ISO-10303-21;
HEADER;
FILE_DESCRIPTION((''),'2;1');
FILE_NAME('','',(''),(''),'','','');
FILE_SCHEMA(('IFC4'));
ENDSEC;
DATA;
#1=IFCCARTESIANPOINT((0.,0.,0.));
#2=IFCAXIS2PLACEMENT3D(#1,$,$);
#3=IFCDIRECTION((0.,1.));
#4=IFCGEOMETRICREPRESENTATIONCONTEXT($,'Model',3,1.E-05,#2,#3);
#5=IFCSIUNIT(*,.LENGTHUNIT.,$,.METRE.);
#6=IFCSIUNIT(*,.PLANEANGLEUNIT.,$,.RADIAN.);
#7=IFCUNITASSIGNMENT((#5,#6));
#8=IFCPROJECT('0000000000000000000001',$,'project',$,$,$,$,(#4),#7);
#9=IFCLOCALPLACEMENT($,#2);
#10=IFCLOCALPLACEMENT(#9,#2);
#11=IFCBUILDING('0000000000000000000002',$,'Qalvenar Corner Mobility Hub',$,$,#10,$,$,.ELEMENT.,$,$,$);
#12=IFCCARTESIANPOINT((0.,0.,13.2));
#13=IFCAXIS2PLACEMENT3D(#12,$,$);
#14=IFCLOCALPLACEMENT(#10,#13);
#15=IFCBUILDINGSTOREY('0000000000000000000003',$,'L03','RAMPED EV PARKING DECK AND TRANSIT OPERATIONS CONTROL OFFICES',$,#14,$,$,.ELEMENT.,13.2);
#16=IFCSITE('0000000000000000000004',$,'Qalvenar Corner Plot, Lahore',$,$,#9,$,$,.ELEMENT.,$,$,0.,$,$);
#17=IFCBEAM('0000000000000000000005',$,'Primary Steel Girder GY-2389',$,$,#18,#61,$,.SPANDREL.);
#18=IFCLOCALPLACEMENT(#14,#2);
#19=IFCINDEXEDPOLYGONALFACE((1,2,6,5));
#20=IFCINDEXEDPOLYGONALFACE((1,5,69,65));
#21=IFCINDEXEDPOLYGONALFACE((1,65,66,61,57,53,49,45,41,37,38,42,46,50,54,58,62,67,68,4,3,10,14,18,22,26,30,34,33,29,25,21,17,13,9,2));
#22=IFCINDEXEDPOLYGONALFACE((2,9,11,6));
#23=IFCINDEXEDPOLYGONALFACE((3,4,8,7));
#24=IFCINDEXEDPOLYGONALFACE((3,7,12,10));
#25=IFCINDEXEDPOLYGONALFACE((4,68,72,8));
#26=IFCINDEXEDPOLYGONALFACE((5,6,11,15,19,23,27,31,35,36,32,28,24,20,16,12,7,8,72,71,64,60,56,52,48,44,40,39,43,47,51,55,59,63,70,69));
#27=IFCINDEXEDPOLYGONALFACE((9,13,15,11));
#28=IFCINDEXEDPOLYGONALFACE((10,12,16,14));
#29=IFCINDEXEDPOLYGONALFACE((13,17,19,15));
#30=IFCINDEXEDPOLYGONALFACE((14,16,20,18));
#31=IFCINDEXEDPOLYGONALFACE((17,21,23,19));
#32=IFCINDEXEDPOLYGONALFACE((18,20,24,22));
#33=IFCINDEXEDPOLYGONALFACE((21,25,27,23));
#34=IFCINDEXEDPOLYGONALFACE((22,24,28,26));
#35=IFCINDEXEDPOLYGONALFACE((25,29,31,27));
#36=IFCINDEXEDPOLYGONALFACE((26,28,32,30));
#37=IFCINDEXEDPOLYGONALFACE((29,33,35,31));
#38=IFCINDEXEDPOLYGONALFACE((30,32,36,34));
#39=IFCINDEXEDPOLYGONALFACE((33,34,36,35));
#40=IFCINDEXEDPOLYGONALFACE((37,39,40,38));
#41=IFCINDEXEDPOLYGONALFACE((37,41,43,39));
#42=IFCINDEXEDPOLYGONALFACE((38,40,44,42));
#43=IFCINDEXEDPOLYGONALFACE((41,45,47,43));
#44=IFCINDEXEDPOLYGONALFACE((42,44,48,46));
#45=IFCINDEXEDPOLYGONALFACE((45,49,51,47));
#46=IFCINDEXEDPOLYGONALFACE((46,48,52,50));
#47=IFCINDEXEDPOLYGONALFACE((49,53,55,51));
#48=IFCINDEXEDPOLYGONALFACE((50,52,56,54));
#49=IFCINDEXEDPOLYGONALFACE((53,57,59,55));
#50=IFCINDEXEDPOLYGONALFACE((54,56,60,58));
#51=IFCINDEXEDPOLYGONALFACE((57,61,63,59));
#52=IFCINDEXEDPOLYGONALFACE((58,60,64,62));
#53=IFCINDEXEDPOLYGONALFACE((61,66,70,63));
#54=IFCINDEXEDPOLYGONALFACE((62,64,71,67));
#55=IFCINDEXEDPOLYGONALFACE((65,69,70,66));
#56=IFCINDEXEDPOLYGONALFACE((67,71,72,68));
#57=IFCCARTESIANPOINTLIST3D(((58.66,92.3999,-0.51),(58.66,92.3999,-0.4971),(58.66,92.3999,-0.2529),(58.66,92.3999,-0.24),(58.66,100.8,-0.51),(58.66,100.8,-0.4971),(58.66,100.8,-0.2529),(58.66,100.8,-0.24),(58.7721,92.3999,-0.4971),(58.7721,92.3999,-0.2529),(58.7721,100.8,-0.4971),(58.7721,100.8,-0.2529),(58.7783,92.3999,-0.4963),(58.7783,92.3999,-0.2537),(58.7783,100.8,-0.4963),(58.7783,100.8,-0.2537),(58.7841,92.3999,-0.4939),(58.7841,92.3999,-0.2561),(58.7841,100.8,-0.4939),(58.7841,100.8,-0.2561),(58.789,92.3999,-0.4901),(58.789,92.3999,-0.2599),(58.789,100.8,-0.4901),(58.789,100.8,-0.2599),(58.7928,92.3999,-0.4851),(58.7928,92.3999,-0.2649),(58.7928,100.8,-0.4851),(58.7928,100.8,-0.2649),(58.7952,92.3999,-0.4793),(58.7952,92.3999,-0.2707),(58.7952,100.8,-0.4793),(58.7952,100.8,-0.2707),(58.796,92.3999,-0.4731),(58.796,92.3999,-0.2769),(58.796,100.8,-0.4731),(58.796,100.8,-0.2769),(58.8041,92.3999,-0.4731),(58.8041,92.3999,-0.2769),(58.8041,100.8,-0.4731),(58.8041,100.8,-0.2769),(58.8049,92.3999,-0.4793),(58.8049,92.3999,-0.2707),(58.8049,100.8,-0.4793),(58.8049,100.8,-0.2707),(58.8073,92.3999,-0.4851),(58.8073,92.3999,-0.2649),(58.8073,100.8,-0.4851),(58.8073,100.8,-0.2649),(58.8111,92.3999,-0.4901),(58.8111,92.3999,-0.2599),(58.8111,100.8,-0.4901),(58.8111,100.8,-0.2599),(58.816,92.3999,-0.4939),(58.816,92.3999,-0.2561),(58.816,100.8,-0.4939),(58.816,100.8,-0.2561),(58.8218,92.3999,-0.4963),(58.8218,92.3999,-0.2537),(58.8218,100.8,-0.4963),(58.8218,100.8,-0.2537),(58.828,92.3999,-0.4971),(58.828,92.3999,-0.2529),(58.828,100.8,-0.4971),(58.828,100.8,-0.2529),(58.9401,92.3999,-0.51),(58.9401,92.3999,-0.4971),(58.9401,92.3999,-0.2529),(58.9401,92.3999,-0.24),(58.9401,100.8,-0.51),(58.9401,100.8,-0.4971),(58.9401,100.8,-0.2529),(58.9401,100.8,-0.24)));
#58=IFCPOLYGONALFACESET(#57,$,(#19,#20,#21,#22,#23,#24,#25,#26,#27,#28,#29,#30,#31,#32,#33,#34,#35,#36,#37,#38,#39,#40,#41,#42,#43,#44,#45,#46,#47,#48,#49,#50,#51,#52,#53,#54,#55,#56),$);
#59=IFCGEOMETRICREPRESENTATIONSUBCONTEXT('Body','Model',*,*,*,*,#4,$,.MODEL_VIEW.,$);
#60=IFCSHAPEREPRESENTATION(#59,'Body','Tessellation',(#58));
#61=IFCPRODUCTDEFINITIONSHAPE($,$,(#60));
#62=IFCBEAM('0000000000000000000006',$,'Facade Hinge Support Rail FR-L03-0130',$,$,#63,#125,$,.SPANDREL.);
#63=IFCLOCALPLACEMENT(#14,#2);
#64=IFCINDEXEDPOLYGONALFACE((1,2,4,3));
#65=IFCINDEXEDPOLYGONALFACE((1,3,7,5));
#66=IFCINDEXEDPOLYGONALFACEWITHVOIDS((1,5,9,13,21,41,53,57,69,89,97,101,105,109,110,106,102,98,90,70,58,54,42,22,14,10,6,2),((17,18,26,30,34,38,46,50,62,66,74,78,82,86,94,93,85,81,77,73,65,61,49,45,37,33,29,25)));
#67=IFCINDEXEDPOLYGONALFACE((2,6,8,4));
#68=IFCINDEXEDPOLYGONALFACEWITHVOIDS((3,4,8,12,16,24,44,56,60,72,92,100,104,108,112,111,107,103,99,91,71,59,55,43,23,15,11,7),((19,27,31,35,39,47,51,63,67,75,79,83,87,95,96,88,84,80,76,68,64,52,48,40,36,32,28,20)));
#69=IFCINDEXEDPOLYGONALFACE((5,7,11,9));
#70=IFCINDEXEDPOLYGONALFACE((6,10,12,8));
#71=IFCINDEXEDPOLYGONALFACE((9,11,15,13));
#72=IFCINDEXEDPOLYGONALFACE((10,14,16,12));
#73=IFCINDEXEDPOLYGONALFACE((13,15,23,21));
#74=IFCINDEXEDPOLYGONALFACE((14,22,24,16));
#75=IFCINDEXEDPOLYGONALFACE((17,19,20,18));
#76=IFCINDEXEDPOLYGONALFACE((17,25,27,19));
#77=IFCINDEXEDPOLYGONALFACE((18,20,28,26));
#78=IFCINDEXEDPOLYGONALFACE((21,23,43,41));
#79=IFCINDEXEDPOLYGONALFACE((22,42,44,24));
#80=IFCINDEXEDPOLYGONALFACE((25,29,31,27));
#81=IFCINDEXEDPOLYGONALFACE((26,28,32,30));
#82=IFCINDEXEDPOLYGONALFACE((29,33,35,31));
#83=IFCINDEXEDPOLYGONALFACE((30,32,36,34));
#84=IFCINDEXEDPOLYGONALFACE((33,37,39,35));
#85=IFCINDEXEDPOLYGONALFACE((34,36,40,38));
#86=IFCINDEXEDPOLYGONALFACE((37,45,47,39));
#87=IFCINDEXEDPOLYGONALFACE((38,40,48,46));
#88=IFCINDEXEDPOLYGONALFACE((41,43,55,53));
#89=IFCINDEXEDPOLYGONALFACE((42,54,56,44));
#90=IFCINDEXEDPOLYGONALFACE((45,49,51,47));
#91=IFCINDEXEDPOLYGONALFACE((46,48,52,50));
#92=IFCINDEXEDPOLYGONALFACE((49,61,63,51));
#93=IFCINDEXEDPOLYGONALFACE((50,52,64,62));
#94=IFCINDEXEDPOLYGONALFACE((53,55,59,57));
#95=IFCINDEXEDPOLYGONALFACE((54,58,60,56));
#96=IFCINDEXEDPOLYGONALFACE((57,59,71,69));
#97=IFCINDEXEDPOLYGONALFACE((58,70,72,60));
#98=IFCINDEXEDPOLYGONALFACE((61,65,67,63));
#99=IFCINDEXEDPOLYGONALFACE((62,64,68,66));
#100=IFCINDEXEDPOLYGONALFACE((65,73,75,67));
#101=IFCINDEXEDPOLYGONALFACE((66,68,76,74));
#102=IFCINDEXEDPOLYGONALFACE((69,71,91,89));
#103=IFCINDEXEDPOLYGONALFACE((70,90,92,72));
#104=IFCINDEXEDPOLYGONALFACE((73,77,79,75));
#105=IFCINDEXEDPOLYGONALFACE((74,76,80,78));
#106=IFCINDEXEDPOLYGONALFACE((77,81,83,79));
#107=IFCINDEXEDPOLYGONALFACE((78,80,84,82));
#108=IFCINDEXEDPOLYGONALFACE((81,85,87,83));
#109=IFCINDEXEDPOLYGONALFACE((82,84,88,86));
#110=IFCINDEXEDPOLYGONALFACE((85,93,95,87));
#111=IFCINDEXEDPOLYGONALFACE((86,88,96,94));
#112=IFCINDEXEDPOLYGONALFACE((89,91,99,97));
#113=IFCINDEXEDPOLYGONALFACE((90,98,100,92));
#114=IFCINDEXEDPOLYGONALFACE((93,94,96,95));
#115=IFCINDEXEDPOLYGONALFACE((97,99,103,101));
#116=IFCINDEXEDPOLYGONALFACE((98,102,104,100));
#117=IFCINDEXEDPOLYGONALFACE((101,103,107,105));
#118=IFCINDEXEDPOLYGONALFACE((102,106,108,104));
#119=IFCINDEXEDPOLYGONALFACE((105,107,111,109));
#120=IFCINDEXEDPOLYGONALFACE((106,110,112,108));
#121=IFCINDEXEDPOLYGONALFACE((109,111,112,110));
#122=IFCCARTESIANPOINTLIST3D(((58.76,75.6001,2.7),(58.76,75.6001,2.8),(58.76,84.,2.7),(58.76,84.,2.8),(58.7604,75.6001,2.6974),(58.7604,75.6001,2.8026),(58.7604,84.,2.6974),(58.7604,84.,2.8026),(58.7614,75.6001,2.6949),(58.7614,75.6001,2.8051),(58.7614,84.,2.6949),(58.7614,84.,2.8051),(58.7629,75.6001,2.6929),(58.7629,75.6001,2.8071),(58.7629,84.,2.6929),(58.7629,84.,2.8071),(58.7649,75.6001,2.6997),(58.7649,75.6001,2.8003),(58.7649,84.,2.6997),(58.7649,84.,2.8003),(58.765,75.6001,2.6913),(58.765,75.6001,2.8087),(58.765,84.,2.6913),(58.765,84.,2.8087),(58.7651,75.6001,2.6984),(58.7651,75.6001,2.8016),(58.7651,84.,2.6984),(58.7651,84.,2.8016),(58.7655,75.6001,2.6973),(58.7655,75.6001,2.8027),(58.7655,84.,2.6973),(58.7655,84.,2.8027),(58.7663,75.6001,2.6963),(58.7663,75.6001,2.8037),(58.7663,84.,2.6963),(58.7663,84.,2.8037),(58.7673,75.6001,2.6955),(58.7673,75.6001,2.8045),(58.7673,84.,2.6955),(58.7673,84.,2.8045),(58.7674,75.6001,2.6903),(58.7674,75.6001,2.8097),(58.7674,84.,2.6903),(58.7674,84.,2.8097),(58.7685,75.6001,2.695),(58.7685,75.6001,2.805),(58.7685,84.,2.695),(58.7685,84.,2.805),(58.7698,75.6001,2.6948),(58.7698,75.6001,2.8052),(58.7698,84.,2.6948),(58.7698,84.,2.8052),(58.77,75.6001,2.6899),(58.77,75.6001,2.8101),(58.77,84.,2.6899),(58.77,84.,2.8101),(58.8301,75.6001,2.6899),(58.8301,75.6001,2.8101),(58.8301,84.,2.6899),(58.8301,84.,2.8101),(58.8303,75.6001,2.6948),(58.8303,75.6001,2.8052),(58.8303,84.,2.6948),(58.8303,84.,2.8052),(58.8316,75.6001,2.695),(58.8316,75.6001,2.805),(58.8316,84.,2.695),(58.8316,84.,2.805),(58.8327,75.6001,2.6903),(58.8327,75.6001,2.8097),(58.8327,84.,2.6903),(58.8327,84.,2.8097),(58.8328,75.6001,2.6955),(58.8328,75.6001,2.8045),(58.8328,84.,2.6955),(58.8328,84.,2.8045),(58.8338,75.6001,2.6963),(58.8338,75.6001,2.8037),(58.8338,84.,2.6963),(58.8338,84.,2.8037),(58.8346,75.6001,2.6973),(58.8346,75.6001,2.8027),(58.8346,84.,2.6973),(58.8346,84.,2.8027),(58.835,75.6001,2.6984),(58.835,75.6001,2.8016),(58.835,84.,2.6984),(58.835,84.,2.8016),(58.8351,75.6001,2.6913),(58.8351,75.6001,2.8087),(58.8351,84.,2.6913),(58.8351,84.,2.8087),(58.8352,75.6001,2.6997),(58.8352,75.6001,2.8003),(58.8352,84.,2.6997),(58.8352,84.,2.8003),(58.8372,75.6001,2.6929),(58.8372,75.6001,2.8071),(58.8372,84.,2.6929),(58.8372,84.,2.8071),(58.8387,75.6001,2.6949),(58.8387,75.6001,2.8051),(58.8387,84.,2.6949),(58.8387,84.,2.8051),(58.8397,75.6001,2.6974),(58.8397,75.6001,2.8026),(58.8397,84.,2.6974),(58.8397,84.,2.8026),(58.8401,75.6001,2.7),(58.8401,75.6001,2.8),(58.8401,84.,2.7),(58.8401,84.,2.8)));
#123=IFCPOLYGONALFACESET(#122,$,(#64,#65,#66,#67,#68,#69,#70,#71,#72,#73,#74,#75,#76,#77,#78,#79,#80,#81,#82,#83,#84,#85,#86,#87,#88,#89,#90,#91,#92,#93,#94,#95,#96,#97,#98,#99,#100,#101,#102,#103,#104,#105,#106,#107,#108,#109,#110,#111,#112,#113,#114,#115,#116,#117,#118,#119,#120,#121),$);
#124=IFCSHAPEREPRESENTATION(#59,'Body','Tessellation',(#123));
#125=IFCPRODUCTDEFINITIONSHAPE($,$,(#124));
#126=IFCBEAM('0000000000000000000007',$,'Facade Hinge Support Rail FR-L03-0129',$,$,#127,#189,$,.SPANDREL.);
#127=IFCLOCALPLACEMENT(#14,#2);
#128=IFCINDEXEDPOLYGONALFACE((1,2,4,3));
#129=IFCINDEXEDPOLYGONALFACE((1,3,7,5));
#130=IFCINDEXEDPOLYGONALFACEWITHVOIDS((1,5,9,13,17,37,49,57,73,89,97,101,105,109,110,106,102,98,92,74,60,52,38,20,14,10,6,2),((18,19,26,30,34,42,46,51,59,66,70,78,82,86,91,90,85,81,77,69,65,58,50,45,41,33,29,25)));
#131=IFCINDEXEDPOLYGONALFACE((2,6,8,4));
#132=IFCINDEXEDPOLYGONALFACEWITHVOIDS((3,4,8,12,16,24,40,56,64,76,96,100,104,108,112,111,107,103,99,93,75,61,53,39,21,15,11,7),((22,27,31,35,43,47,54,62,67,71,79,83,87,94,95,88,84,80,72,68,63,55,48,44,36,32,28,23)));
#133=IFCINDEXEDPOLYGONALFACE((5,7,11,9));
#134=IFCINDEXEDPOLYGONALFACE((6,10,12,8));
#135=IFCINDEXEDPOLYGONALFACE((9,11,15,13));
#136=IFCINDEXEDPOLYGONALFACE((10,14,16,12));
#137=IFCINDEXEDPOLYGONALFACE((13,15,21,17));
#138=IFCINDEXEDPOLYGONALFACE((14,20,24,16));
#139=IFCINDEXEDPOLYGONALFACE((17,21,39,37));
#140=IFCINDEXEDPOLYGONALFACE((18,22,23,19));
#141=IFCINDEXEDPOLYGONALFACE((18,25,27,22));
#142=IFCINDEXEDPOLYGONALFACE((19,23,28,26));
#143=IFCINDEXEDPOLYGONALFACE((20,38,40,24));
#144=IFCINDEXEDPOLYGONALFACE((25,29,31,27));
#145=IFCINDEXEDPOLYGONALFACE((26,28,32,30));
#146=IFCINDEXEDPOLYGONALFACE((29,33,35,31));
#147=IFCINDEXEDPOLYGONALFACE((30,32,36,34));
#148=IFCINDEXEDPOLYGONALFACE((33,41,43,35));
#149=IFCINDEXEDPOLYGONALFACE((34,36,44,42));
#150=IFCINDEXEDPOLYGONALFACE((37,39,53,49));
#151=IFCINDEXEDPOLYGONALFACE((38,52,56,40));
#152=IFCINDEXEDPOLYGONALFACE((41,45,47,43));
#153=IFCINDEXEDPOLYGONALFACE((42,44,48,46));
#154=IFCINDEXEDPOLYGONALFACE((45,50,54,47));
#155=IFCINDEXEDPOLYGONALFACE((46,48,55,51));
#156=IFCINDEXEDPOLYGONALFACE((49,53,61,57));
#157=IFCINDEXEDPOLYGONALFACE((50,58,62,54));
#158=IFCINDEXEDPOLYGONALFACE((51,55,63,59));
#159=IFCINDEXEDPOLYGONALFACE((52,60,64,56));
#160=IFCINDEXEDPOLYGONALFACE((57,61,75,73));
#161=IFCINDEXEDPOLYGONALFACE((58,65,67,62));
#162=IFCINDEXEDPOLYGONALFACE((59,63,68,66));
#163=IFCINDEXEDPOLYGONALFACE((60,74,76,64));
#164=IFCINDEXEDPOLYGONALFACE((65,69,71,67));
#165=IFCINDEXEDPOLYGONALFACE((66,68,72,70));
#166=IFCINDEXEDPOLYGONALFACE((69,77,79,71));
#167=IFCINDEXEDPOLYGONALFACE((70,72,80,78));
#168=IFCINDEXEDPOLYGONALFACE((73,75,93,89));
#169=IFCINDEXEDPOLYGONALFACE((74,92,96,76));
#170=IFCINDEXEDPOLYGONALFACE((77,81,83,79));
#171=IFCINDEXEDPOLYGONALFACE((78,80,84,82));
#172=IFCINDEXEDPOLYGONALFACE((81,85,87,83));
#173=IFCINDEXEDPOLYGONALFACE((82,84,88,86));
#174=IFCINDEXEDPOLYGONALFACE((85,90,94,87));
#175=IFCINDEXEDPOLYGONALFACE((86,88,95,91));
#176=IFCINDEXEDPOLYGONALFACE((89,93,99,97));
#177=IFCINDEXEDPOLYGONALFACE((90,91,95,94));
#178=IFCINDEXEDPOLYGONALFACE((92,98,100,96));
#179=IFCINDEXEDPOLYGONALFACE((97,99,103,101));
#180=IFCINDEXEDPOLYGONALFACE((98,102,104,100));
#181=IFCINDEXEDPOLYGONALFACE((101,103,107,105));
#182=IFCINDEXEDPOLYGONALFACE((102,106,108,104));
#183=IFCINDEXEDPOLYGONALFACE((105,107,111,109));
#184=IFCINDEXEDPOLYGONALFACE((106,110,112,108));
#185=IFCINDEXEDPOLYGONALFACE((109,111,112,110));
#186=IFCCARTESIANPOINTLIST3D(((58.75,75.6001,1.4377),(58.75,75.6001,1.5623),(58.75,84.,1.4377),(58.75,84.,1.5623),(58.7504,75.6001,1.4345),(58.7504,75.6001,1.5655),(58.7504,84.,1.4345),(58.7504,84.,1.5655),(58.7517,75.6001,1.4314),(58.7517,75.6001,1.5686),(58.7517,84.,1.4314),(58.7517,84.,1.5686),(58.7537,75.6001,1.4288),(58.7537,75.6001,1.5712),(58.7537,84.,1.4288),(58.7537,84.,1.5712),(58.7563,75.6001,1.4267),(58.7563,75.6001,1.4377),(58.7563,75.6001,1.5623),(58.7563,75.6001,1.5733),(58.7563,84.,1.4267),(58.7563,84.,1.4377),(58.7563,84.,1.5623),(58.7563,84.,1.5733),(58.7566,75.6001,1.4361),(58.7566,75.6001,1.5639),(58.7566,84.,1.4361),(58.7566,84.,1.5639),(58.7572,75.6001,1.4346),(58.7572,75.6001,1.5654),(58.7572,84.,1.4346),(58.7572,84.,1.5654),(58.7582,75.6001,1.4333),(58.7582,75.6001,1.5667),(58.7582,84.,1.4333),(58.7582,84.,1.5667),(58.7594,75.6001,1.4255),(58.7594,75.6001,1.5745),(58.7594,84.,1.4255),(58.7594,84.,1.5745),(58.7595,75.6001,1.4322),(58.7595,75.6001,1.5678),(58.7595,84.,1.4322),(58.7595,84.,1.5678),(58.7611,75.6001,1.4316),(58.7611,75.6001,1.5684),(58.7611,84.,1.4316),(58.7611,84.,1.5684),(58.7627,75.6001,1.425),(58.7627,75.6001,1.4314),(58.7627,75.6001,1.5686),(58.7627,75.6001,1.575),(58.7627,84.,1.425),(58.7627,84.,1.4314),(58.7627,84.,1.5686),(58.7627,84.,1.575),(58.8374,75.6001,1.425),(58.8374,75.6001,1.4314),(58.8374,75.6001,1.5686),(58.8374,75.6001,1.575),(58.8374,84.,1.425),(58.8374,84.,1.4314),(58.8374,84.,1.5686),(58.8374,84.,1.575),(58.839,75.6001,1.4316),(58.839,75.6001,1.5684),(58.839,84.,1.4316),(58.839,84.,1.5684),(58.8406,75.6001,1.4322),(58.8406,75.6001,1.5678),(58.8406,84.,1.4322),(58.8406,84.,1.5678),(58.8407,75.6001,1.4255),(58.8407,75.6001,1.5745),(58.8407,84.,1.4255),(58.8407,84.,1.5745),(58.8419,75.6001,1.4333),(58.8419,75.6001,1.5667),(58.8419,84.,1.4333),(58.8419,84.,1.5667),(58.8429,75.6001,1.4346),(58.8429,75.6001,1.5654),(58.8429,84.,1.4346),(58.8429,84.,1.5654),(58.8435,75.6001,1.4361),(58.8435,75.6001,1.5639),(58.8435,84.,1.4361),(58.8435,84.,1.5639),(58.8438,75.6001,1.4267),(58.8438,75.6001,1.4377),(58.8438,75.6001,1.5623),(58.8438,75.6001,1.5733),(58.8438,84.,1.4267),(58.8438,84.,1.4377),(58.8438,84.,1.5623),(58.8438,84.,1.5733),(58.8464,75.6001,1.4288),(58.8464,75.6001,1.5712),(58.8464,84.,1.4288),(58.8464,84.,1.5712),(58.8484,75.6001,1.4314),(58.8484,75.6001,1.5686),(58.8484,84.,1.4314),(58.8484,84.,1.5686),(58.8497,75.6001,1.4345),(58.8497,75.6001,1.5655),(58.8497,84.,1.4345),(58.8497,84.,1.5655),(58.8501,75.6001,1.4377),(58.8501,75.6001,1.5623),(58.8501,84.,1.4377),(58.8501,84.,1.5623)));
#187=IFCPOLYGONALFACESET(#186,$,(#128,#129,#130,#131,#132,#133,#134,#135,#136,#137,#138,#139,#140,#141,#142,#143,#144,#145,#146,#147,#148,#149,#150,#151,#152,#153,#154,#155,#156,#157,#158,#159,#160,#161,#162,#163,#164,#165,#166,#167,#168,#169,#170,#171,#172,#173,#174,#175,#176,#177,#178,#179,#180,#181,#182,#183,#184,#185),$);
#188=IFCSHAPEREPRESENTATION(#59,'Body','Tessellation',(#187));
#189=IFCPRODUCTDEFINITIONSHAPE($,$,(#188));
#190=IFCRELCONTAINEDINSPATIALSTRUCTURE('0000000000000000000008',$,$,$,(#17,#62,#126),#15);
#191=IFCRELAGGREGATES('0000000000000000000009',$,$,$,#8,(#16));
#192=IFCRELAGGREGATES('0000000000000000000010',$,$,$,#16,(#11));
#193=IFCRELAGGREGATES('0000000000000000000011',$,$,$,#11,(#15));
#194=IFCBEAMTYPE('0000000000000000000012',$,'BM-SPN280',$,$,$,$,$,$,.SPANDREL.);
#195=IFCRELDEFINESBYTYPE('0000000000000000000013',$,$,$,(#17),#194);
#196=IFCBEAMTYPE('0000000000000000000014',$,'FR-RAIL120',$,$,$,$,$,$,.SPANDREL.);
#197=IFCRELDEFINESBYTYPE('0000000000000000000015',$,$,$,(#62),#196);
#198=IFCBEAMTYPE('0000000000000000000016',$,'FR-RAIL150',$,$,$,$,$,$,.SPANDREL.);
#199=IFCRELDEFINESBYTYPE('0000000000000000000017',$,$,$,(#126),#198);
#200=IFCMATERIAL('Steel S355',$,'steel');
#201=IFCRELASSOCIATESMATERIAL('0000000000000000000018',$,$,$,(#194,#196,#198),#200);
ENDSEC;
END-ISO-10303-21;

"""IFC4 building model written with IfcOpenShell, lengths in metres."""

from ifc_helpers import new_model, si_unit, direction, frame, origin, origin_2d, place, context, subcontext, project, spatial, hollow_rectangle, i_section, extrude, material, material_profile, profile_set, type_object, element, save


model = new_model("IFC4")

# Units and contexts
model_context = context("Model", 3, precision=1e-05, world=origin(), true_north=direction((0.0, 1.0)))
body_context = subcontext(model_context, "Body", "Model", "MODEL_VIEW")
ifc_project = project(units=[si_unit("LENGTHUNIT", "METRE"), si_unit("PLANEANGLEUNIT", "RADIAN")], contexts=[model_context])

# Site, building, storey
site_placement = place(None, origin())
site = spatial("IfcSite", under=ifc_project, at=site_placement, Name="Qalvenar Corner Plot, Lahore", CompositionType="ELEMENT", RefElevation=0.0)
building_placement = place(site_placement, origin())
building = spatial("IfcBuilding", under=site, at=building_placement, Name="Qalvenar Corner Mobility Hub", CompositionType="ELEMENT")
storey_placement = place(building_placement, frame((0.0, 0.0, 13.2)))
storey = spatial("IfcBuildingStorey", under=building, at=storey_placement, Name="L03", Description="RAMPED EV PARKING DECK AND TRANSIT OPERATIONS CONTROL OFFICES", CompositionType="ELEMENT", Elevation=13.2)

# Beams
ifc_material_1 = material(Name="Steel S355", Category="steel")
ifc_material_profile_1 = material_profile(ifc_material_1, i_section(OverallWidth=0.28, OverallDepth=0.27, WebThickness=0.0081, FlangeThickness=0.0129, FilletRadius=0.0239, at=origin_2d()), Name="HEA280")
ifc_profile_set_1 = profile_set([ifc_material_profile_1], Name="Steel S355")
beam_type_1 = type_object("IfcBeamType", Name="BM-SPN280", PredefinedType="SPANDREL", material=ifc_profile_set_1)
beam_1_placement = place(storey_placement, frame((58.8, 92.3999, -0.375), z_axis=(0.0, 1.0, 0.0), x_axis=(-1.0, 0.0, 0.0)))
element("IfcBeam", 1, at=beam_1_placement, inside=storey, type_object=beam_type_1, Name="Primary Steel Girder GY-2389", PredefinedType="SPANDREL", context=body_context, shape_type="SweptSolid", body=[
    extrude(i_section(OverallWidth=0.28, OverallDepth=0.27, WebThickness=0.0081, FlangeThickness=0.0129, FilletRadius=0.0239, at=origin_2d()), origin(), (0.0, 0.0, 1.0), 8.4001),
])
ifc_material_profile_2 = material_profile(ifc_material_1, hollow_rectangle(XDim=0.0801, YDim=0.1201, WallThickness=0.0049, InnerFilletRadius=0.0049, OuterFilletRadius=0.01, at=origin_2d()), Name="RHS120x80x5")
ifc_profile_set_2 = profile_set([ifc_material_profile_2], Name="Steel S355")
beam_type_2 = type_object("IfcBeamType", Name="FR-RAIL120", PredefinedType="SPANDREL", material=ifc_profile_set_2)
beam_2_placement = place(storey_placement, frame((58.8, 84.0, 2.75), z_axis=(0.0, -1.0, 0.0), x_axis=(1.0, 0.0, 0.0)))
element("IfcBeam", 2, at=beam_2_placement, inside=storey, type_object=beam_type_2, Name="Facade Hinge Support Rail FR-L03-0130", PredefinedType="SPANDREL", context=body_context, shape_type="SweptSolid", body=[
    extrude(hollow_rectangle(XDim=0.0801, YDim=0.1201, WallThickness=0.0049, InnerFilletRadius=0.0049, OuterFilletRadius=0.01, at=origin_2d()), origin(), (0.0, 0.0, 1.0), 8.3999),
])
ifc_material_profile_3 = material_profile(ifc_material_1, hollow_rectangle(XDim=0.1001, YDim=0.1499, WallThickness=0.0063, InnerFilletRadius=0.0063, OuterFilletRadius=0.0127, at=origin_2d()), Name="RHS150x100x6.3")
ifc_profile_set_3 = profile_set([ifc_material_profile_3], Name="Steel S355")
beam_type_3 = type_object("IfcBeamType", Name="FR-RAIL150", PredefinedType="SPANDREL", material=ifc_profile_set_3)
beam_3_placement = place(storey_placement, frame((58.8, 84.0, 1.5), z_axis=(0.0, -1.0, 0.0), x_axis=(1.0, 0.0, 0.0)))
element("IfcBeam", 3, at=beam_3_placement, inside=storey, type_object=beam_type_3, Name="Facade Hinge Support Rail FR-L03-0129", PredefinedType="SPANDREL", context=body_context, shape_type="SweptSolid", body=[
    extrude(hollow_rectangle(XDim=0.1001, YDim=0.1499, WallThickness=0.0063, InnerFilletRadius=0.0063, OuterFilletRadius=0.0127, at=origin_2d()), origin(), (0.0, 0.0, 1.0), 8.3999),
])

save(model, "model.ifc")
